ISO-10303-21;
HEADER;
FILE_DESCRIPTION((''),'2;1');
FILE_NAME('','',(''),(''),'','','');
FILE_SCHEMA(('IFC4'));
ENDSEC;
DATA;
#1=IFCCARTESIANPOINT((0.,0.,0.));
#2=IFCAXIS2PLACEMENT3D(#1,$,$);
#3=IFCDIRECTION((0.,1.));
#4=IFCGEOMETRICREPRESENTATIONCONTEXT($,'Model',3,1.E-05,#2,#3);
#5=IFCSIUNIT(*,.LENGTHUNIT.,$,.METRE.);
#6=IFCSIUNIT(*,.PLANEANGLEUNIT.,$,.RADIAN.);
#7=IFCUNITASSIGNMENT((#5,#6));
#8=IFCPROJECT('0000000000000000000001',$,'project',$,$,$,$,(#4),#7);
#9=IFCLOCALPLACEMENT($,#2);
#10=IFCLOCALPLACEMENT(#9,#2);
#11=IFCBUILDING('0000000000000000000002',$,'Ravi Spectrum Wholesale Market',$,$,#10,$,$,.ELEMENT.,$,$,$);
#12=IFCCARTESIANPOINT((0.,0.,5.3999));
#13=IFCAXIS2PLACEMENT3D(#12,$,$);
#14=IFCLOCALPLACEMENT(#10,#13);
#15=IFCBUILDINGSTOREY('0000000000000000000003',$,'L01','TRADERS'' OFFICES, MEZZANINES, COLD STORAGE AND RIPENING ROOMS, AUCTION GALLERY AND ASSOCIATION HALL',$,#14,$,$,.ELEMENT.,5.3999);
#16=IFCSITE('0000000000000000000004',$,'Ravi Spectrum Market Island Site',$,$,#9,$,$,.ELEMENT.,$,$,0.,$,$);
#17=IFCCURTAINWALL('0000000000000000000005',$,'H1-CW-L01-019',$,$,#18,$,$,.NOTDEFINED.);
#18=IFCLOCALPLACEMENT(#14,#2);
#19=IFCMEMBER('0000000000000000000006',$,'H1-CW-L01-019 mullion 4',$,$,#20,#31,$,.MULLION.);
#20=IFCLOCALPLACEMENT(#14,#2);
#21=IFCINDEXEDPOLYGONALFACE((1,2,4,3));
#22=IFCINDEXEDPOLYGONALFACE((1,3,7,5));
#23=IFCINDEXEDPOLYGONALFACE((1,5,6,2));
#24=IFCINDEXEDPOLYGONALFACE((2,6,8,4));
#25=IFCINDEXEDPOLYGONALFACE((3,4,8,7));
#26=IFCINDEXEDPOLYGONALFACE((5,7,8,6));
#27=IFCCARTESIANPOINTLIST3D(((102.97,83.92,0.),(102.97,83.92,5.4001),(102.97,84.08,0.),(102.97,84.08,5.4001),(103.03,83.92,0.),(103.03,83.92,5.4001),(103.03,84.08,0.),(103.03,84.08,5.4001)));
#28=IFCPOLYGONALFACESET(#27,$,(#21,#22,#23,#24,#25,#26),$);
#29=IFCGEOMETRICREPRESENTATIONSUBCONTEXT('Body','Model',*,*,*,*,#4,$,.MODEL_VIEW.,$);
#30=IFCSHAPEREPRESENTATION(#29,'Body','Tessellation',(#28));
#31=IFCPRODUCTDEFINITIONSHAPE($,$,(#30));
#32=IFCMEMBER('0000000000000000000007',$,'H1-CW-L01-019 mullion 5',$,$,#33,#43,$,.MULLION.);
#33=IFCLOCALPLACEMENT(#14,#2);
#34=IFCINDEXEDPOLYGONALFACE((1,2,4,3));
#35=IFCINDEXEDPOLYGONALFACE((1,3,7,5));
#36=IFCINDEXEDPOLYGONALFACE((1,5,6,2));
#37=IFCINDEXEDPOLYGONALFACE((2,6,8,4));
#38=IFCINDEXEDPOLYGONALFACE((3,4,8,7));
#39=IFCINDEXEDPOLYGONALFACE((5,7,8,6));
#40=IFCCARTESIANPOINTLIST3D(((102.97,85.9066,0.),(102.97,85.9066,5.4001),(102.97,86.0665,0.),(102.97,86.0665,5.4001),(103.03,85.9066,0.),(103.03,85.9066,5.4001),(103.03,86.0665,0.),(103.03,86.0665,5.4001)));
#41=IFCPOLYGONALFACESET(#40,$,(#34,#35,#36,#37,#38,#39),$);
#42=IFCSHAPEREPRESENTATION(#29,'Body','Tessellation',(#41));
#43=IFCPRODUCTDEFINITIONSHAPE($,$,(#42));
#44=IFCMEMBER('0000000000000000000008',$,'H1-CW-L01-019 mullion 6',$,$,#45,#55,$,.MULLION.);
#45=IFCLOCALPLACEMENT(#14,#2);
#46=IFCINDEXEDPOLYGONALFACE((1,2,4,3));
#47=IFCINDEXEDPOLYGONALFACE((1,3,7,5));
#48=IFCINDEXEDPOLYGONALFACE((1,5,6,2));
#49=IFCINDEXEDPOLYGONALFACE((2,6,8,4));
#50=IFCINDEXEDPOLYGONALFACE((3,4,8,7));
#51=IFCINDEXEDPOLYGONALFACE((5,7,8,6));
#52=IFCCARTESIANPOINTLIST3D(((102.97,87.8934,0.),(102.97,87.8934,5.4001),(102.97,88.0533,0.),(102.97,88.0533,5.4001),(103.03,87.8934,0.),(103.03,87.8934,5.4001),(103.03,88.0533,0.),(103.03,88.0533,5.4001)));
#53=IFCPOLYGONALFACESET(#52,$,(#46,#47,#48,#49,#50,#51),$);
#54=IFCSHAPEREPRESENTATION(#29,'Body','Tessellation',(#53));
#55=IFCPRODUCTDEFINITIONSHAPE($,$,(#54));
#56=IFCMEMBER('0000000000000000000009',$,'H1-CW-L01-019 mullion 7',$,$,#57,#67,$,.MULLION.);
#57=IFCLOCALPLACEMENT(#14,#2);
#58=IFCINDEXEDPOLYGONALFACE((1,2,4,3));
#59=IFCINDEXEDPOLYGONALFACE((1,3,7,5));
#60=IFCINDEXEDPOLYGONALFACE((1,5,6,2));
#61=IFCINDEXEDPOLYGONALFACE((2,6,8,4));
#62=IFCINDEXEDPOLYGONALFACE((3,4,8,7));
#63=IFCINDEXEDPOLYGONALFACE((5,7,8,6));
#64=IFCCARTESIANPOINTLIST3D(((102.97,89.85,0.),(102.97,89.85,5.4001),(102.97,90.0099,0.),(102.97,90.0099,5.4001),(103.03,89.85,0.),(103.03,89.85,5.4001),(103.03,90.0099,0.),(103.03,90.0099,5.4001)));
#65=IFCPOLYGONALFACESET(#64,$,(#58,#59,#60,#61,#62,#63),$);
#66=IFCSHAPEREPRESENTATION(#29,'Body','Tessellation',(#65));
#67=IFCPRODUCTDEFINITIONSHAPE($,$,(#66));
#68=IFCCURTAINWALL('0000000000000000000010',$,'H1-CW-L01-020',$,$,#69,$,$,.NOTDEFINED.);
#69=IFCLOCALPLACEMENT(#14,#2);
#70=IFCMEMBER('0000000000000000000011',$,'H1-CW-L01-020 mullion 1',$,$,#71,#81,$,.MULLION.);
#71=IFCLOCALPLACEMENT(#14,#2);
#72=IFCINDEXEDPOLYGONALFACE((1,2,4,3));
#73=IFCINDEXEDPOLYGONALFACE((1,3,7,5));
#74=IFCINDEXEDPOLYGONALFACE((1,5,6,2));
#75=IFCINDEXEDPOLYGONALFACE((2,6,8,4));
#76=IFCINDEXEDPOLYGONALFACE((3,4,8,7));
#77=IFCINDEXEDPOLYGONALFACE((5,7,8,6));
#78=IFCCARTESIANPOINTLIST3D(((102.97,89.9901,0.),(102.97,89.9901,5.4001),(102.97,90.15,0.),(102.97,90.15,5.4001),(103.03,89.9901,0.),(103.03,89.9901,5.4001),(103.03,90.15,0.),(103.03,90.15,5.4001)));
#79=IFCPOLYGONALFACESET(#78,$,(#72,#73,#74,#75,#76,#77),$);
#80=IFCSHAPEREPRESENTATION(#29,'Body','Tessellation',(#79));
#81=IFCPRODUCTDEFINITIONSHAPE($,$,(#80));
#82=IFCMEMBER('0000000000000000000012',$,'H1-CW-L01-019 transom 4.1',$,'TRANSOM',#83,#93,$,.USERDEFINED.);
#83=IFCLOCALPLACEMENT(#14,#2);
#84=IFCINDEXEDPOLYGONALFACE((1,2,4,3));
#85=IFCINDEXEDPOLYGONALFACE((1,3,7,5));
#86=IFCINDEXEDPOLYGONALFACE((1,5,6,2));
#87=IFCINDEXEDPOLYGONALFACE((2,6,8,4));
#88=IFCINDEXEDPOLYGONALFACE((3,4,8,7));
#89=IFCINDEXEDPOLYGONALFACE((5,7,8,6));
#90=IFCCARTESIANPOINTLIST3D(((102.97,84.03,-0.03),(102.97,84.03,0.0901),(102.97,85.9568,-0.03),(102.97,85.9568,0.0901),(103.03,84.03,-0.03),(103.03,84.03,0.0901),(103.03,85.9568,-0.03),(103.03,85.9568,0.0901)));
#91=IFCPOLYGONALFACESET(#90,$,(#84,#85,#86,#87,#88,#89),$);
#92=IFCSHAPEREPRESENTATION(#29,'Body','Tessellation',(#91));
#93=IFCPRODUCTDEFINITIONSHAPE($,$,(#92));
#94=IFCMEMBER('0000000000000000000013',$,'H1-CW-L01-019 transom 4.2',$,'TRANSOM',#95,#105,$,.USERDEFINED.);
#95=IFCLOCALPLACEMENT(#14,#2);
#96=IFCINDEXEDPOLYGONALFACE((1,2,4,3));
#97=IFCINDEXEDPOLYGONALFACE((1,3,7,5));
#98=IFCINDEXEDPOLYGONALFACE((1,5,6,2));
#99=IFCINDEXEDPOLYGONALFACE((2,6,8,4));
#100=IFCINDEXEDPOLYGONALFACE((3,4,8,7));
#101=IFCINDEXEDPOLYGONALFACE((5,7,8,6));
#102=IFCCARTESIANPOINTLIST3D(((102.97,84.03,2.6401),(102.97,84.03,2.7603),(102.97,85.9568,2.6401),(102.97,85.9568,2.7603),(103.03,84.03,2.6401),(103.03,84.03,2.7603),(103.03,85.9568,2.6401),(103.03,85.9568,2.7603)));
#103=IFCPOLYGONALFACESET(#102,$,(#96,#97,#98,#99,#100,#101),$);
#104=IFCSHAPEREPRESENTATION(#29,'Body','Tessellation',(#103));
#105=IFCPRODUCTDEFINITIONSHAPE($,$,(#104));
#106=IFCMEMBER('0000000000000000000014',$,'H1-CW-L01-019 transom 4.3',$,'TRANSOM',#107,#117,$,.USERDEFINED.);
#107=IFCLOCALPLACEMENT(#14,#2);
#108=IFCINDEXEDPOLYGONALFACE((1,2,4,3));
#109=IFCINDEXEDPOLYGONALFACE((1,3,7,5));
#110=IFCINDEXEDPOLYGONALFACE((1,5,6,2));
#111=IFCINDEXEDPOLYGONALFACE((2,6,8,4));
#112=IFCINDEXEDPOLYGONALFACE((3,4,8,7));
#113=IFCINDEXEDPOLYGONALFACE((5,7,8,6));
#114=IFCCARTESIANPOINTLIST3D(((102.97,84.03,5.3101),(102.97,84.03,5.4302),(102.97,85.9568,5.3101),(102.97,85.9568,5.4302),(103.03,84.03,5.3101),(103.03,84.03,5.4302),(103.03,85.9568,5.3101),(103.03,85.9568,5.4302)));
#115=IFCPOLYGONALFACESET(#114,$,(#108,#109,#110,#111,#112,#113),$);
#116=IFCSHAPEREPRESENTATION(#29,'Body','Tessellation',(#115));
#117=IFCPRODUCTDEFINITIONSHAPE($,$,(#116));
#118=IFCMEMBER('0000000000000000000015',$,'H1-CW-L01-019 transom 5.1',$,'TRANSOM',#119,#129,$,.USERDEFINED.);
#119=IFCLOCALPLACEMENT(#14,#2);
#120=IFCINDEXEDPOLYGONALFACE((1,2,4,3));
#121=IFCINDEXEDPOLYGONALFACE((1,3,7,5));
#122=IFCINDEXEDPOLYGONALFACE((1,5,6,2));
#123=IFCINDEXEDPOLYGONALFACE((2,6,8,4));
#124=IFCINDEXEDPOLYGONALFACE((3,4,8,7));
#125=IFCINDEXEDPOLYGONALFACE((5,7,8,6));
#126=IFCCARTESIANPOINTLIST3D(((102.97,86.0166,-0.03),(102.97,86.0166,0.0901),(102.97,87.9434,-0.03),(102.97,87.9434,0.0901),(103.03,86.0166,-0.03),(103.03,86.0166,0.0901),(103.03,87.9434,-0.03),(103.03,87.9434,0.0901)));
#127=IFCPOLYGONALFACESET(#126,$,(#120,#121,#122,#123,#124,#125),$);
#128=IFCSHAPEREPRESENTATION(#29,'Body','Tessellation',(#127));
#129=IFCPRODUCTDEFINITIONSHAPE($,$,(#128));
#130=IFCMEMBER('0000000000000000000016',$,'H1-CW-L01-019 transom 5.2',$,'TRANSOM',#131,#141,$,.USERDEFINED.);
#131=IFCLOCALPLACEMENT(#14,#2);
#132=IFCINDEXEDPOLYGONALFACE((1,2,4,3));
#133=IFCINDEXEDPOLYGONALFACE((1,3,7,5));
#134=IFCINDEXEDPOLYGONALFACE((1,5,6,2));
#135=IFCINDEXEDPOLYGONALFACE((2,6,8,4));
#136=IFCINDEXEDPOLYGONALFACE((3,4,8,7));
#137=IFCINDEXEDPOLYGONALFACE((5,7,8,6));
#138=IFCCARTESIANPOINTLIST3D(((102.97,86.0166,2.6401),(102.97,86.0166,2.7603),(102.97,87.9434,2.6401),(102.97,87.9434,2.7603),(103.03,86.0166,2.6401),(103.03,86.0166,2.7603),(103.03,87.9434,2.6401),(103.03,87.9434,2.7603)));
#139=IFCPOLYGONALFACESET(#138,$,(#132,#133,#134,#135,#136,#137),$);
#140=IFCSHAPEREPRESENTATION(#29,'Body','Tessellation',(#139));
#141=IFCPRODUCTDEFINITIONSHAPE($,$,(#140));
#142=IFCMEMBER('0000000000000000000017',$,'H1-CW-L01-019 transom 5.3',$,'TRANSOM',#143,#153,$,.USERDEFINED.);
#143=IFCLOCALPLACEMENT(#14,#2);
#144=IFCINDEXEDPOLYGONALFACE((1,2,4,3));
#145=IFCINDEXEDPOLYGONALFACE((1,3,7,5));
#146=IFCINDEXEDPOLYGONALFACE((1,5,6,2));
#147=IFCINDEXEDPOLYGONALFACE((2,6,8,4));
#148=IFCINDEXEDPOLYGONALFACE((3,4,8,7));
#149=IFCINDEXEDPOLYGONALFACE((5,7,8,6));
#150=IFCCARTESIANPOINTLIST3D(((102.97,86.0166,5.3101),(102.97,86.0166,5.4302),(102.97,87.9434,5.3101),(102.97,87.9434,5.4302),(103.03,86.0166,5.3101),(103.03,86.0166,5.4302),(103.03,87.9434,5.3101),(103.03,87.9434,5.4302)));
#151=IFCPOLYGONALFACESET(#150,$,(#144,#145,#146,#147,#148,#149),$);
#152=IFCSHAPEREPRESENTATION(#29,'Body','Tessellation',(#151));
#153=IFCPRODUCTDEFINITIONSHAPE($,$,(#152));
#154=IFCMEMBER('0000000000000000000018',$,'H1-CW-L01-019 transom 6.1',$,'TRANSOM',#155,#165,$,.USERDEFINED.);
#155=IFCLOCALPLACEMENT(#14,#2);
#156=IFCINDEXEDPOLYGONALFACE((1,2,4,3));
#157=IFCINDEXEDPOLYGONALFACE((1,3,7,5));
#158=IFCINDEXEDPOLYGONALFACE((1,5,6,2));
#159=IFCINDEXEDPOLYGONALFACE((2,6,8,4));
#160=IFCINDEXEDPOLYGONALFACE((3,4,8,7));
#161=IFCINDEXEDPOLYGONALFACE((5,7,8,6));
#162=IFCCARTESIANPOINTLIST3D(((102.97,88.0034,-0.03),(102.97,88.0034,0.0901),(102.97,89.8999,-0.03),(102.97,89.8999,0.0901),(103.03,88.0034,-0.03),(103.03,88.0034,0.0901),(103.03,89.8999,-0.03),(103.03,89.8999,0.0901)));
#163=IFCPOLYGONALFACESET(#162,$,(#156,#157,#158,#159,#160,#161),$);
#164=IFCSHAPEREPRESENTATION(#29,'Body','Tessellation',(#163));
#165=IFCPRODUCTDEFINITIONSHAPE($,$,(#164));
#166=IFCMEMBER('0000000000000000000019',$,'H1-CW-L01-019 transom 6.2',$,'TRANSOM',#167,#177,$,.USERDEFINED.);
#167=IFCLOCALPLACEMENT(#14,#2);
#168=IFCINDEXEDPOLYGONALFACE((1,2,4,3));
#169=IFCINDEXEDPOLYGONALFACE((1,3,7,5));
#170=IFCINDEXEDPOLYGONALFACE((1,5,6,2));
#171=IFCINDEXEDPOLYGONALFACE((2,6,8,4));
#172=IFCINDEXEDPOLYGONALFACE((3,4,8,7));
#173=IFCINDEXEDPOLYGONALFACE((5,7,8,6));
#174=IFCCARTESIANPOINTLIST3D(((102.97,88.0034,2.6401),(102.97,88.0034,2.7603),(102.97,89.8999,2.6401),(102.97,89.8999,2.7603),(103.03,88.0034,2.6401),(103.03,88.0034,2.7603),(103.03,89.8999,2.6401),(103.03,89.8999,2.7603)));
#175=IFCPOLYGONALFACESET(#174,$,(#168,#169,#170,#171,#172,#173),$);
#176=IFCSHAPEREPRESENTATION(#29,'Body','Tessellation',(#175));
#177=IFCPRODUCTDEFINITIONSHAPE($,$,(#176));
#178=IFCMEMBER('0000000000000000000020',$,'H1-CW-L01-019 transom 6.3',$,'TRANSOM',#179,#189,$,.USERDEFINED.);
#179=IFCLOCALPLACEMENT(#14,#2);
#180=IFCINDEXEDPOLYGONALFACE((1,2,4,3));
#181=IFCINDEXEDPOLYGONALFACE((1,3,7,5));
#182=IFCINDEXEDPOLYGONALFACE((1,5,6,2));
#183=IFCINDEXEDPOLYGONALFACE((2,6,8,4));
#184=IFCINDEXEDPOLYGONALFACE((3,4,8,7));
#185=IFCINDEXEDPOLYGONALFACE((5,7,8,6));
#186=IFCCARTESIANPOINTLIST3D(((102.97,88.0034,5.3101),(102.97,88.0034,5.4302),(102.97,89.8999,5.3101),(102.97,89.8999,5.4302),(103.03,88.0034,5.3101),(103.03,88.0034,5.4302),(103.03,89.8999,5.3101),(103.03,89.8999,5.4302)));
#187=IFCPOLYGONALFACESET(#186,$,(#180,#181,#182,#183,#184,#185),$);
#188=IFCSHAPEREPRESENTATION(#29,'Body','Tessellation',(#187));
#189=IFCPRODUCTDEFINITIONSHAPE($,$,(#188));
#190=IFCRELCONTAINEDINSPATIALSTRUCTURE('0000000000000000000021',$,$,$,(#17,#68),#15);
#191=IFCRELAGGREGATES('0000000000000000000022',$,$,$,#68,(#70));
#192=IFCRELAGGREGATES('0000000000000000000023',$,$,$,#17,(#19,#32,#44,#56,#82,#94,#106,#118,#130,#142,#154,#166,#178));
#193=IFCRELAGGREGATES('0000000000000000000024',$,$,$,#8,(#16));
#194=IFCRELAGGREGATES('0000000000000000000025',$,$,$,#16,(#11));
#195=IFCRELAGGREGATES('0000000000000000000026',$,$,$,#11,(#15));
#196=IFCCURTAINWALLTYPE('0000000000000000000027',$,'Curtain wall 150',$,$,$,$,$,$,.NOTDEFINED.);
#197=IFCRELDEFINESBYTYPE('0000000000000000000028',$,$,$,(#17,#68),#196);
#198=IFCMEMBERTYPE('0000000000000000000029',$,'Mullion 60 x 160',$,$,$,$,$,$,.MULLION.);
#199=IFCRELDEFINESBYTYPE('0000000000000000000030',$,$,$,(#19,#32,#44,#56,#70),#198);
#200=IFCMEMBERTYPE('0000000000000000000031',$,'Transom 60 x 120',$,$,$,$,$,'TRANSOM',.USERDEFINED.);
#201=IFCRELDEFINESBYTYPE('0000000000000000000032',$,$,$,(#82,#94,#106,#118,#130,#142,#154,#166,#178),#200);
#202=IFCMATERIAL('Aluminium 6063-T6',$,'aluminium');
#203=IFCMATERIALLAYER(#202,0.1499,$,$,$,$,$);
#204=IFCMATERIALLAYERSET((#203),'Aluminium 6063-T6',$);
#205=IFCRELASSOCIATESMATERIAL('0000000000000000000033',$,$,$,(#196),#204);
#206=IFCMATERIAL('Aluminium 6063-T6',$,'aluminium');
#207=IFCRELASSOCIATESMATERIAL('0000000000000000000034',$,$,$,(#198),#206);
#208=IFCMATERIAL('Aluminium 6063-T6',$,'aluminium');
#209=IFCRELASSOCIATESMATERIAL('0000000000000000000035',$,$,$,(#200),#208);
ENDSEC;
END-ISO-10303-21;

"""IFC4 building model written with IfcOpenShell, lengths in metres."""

from ifc_helpers import new_model, si_unit, direction, frame, origin, origin_2d, place, context, subcontext, project, spatial, rectangle, extrude, material, layer, layer_set, material_profile, profile_set, type_object, element, aggregate, save


model = new_model("IFC4")

# Units and contexts
model_context = context("Model", 3, precision=1e-05, world=origin(), true_north=direction((0.0, 1.0)))
body_context = subcontext(model_context, "Body", "Model", "MODEL_VIEW")
ifc_project = project(units=[si_unit("LENGTHUNIT", "METRE"), si_unit("PLANEANGLEUNIT", "RADIAN")], contexts=[model_context])

# Site, building, storey
site_placement = place(None, origin())
site = spatial("IfcSite", under=ifc_project, at=site_placement, Name="Ravi Spectrum Market Island Site", CompositionType="ELEMENT", RefElevation=0.0)
building_placement = place(site_placement, origin())
building = spatial("IfcBuilding", under=site, at=building_placement, Name="Ravi Spectrum Wholesale Market", CompositionType="ELEMENT")
storey_placement = place(building_placement, frame((0.0, 0.0, 5.3999)))
storey = spatial("IfcBuildingStorey", under=building, at=storey_placement, Name="L01", Description="TRADERS' OFFICES, MEZZANINES, COLD STORAGE AND RIPENING ROOMS, AUCTION GALLERY AND ASSOCIATION HALL", CompositionType="ELEMENT", Elevation=5.3999)

# Curtain wall, members
ifc_material_1 = material(Name="Aluminium 6063-T6", Category="aluminium")
ifc_layer_1 = layer(ifc_material_1, 0.1499)
ifc_layer_set_1 = layer_set([ifc_layer_1], Name="Aluminium 6063-T6")
curtain_wall_type = type_object("IfcCurtainWallType", Name="Curtain wall 150", PredefinedType="NOTDEFINED", material=ifc_layer_set_1)
curtain_wall_1_placement = place(storey_placement, origin())
curtain_wall_1 = element("IfcCurtainWall", 1, at=curtain_wall_1_placement, inside=storey, type_object=curtain_wall_type, Name="H1-CW-L01-019", PredefinedType="NOTDEFINED")
ifc_material_2 = material(Name="Aluminium 6063-T6", Category="aluminium")
ifc_material_profile_1 = material_profile(ifc_material_2, rectangle(XDim=0.0601, YDim=0.1599, at=origin_2d()))
ifc_profile_set_1 = profile_set([ifc_material_profile_1], Name="Aluminium 6063-T6")
member_type_1 = type_object("IfcMemberType", Name="Mullion 60 x 160", PredefinedType="MULLION", material=ifc_profile_set_1)
member_1_placement = place(storey_placement, frame((103.0, 84.0, 0.0), z_axis=(0.0, 0.0, 1.0), x_axis=(-1.0, 0.0, 0.0)))
member_1 = element("IfcMember", 2, at=member_1_placement, type_object=member_type_1, Name="H1-CW-L01-019 mullion 4", PredefinedType="MULLION", context=body_context, shape_type="SweptSolid", body=[
    extrude(rectangle(XDim=0.0601, YDim=0.1599, at=origin_2d()), origin(), (0.0, 0.0, 1.0), 5.4001),
])
member_2_placement = place(storey_placement, frame((103.0, 85.9866, 0.0), z_axis=(0.0, 0.0, 1.0), x_axis=(-1.0, 0.0, 0.0)))
member_2 = element("IfcMember", 3, at=member_2_placement, type_object=member_type_1, Name="H1-CW-L01-019 mullion 5", PredefinedType="MULLION", context=body_context, shape_type="SweptSolid", body=[
    extrude(rectangle(XDim=0.0601, YDim=0.1599, at=origin_2d()), origin(), (0.0, 0.0, 1.0), 5.4001),
])
member_3_placement = place(storey_placement, frame((103.0, 87.9734, 0.0), z_axis=(0.0, 0.0, 1.0), x_axis=(-1.0, 0.0, 0.0)))
member_3 = element("IfcMember", 4, at=member_3_placement, type_object=member_type_1, Name="H1-CW-L01-019 mullion 6", PredefinedType="MULLION", context=body_context, shape_type="SweptSolid", body=[
    extrude(rectangle(XDim=0.0601, YDim=0.1599, at=origin_2d()), origin(), (0.0, 0.0, 1.0), 5.4001),
])
member_4_placement = place(storey_placement, frame((103.0, 89.9299, 0.0), z_axis=(0.0, 0.0, 1.0), x_axis=(-1.0, 0.0, 0.0)))
member_4 = element("IfcMember", 5, at=member_4_placement, type_object=member_type_1, Name="H1-CW-L01-019 mullion 7", PredefinedType="MULLION", context=body_context, shape_type="SweptSolid", body=[
    extrude(rectangle(XDim=0.0601, YDim=0.1599, at=origin_2d()), origin(), (0.0, 0.0, 1.0), 5.4001),
])

# Curtain wall, member
curtain_wall_2_placement = place(storey_placement, origin())
curtain_wall_2 = element("IfcCurtainWall", 6, at=curtain_wall_2_placement, inside=storey, type_object=curtain_wall_type, Name="H1-CW-L01-020", PredefinedType="NOTDEFINED")
member_5_placement = place(storey_placement, frame((103.0, 90.0701, 0.0), z_axis=(0.0, 0.0, 1.0), x_axis=(-1.0, 0.0, 0.0)))
member_5 = element("IfcMember", 7, at=member_5_placement, type_object=member_type_1, Name="H1-CW-L01-020 mullion 1", PredefinedType="MULLION", context=body_context, shape_type="SweptSolid", body=[
    extrude(rectangle(XDim=0.0601, YDim=0.1599, at=origin_2d()), origin(), (0.0, 0.0, 1.0), 5.4001),
])
aggregate(curtain_wall_2, [member_5])

# Members
ifc_material_3 = material(Name="Aluminium 6063-T6", Category="aluminium")
ifc_material_profile_2 = material_profile(ifc_material_3, rectangle(XDim=0.0601, YDim=0.1201, at=origin_2d()))
ifc_profile_set_2 = profile_set([ifc_material_profile_2], Name="Aluminium 6063-T6")
member_type_2 = type_object("IfcMemberType", Name="Transom 60 x 120", ElementType="TRANSOM", PredefinedType="USERDEFINED", material=ifc_profile_set_2)
member_6_placement = place(storey_placement, frame((103.0, 84.03, 0.03), z_axis=(0.0, 1.0, 0.0), x_axis=(-1.0, 0.0, 0.0)))
member_6 = element("IfcMember", 8, at=member_6_placement, type_object=member_type_2, Name="H1-CW-L01-019 transom 4.1", ObjectType="TRANSOM", PredefinedType="USERDEFINED", context=body_context, shape_type="SweptSolid", body=[
    extrude(rectangle(XDim=0.0601, YDim=0.1201, at=origin_2d()), origin(), (0.0, 0.0, 1.0), 1.9268),
])
member_7_placement = place(storey_placement, frame((103.0, 84.03, 2.7002), z_axis=(0.0, 1.0, 0.0), x_axis=(-1.0, 0.0, 0.0)))
member_7 = element("IfcMember", 9, at=member_7_placement, type_object=member_type_2, Name="H1-CW-L01-019 transom 4.2", ObjectType="TRANSOM", PredefinedType="USERDEFINED", context=body_context, shape_type="SweptSolid", body=[
    extrude(rectangle(XDim=0.0601, YDim=0.1201, at=origin_2d()), origin(), (0.0, 0.0, 1.0), 1.9268),
])
member_8_placement = place(storey_placement, frame((103.0, 84.03, 5.3701), z_axis=(0.0, 1.0, 0.0), x_axis=(-1.0, 0.0, 0.0)))
member_8 = element("IfcMember", 10, at=member_8_placement, type_object=member_type_2, Name="H1-CW-L01-019 transom 4.3", ObjectType="TRANSOM", PredefinedType="USERDEFINED", context=body_context, shape_type="SweptSolid", body=[
    extrude(rectangle(XDim=0.0601, YDim=0.1201, at=origin_2d()), origin(), (0.0, 0.0, 1.0), 1.9268),
])
member_9_placement = place(storey_placement, frame((103.0, 86.0166, 0.03), z_axis=(0.0, 1.0, 0.0), x_axis=(-1.0, 0.0, 0.0)))
member_9 = element("IfcMember", 11, at=member_9_placement, type_object=member_type_2, Name="H1-CW-L01-019 transom 5.1", ObjectType="TRANSOM", PredefinedType="USERDEFINED", context=body_context, shape_type="SweptSolid", body=[
    extrude(rectangle(XDim=0.0601, YDim=0.1201, at=origin_2d()), origin(), (0.0, 0.0, 1.0), 1.9268),
])
member_10_placement = place(storey_placement, frame((103.0, 86.0166, 2.7002), z_axis=(0.0, 1.0, 0.0), x_axis=(-1.0, 0.0, 0.0)))
member_10 = element("IfcMember", 12, at=member_10_placement, type_object=member_type_2, Name="H1-CW-L01-019 transom 5.2", ObjectType="TRANSOM", PredefinedType="USERDEFINED", context=body_context, shape_type="SweptSolid", body=[
    extrude(rectangle(XDim=0.0601, YDim=0.1201, at=origin_2d()), origin(), (0.0, 0.0, 1.0), 1.9268),
])
member_11_placement = place(storey_placement, frame((103.0, 86.0166, 5.3701), z_axis=(0.0, 1.0, 0.0), x_axis=(-1.0, 0.0, 0.0)))
member_11 = element("IfcMember", 13, at=member_11_placement, type_object=member_type_2, Name="H1-CW-L01-019 transom 5.3", ObjectType="TRANSOM", PredefinedType="USERDEFINED", context=body_context, shape_type="SweptSolid", body=[
    extrude(rectangle(XDim=0.0601, YDim=0.1201, at=origin_2d()), origin(), (0.0, 0.0, 1.0), 1.9268),
])
member_12_placement = place(storey_placement, frame((103.0, 88.0034, 0.03), z_axis=(0.0, 1.0, 0.0), x_axis=(-1.0, 0.0, 0.0)))
member_12 = element("IfcMember", 14, at=member_12_placement, type_object=member_type_2, Name="H1-CW-L01-019 transom 6.1", ObjectType="TRANSOM", PredefinedType="USERDEFINED", context=body_context, shape_type="SweptSolid", body=[
    extrude(rectangle(XDim=0.0601, YDim=0.1201, at=origin_2d()), origin(), (0.0, 0.0, 1.0), 1.8965),
])
member_13_placement = place(storey_placement, frame((103.0, 88.0034, 2.7002), z_axis=(0.0, 1.0, 0.0), x_axis=(-1.0, 0.0, 0.0)))
member_13 = element("IfcMember", 15, at=member_13_placement, type_object=member_type_2, Name="H1-CW-L01-019 transom 6.2", ObjectType="TRANSOM", PredefinedType="USERDEFINED", context=body_context, shape_type="SweptSolid", body=[
    extrude(rectangle(XDim=0.0601, YDim=0.1201, at=origin_2d()), origin(), (0.0, 0.0, 1.0), 1.8965),
])
member_14_placement = place(storey_placement, frame((103.0, 88.0034, 5.3701), z_axis=(0.0, 1.0, 0.0), x_axis=(-1.0, 0.0, 0.0)))
member_14 = element("IfcMember", 16, at=member_14_placement, type_object=member_type_2, Name="H1-CW-L01-019 transom 6.3", ObjectType="TRANSOM", PredefinedType="USERDEFINED", context=body_context, shape_type="SweptSolid", body=[
    extrude(rectangle(XDim=0.0601, YDim=0.1201, at=origin_2d()), origin(), (0.0, 0.0, 1.0), 1.8965),
])

aggregate(curtain_wall_1, [member_1, member_2, member_3, member_4, member_6, member_7, member_8, member_9, member_10, member_11, member_12, member_13, member_14])

save(model, "model.ifc")
